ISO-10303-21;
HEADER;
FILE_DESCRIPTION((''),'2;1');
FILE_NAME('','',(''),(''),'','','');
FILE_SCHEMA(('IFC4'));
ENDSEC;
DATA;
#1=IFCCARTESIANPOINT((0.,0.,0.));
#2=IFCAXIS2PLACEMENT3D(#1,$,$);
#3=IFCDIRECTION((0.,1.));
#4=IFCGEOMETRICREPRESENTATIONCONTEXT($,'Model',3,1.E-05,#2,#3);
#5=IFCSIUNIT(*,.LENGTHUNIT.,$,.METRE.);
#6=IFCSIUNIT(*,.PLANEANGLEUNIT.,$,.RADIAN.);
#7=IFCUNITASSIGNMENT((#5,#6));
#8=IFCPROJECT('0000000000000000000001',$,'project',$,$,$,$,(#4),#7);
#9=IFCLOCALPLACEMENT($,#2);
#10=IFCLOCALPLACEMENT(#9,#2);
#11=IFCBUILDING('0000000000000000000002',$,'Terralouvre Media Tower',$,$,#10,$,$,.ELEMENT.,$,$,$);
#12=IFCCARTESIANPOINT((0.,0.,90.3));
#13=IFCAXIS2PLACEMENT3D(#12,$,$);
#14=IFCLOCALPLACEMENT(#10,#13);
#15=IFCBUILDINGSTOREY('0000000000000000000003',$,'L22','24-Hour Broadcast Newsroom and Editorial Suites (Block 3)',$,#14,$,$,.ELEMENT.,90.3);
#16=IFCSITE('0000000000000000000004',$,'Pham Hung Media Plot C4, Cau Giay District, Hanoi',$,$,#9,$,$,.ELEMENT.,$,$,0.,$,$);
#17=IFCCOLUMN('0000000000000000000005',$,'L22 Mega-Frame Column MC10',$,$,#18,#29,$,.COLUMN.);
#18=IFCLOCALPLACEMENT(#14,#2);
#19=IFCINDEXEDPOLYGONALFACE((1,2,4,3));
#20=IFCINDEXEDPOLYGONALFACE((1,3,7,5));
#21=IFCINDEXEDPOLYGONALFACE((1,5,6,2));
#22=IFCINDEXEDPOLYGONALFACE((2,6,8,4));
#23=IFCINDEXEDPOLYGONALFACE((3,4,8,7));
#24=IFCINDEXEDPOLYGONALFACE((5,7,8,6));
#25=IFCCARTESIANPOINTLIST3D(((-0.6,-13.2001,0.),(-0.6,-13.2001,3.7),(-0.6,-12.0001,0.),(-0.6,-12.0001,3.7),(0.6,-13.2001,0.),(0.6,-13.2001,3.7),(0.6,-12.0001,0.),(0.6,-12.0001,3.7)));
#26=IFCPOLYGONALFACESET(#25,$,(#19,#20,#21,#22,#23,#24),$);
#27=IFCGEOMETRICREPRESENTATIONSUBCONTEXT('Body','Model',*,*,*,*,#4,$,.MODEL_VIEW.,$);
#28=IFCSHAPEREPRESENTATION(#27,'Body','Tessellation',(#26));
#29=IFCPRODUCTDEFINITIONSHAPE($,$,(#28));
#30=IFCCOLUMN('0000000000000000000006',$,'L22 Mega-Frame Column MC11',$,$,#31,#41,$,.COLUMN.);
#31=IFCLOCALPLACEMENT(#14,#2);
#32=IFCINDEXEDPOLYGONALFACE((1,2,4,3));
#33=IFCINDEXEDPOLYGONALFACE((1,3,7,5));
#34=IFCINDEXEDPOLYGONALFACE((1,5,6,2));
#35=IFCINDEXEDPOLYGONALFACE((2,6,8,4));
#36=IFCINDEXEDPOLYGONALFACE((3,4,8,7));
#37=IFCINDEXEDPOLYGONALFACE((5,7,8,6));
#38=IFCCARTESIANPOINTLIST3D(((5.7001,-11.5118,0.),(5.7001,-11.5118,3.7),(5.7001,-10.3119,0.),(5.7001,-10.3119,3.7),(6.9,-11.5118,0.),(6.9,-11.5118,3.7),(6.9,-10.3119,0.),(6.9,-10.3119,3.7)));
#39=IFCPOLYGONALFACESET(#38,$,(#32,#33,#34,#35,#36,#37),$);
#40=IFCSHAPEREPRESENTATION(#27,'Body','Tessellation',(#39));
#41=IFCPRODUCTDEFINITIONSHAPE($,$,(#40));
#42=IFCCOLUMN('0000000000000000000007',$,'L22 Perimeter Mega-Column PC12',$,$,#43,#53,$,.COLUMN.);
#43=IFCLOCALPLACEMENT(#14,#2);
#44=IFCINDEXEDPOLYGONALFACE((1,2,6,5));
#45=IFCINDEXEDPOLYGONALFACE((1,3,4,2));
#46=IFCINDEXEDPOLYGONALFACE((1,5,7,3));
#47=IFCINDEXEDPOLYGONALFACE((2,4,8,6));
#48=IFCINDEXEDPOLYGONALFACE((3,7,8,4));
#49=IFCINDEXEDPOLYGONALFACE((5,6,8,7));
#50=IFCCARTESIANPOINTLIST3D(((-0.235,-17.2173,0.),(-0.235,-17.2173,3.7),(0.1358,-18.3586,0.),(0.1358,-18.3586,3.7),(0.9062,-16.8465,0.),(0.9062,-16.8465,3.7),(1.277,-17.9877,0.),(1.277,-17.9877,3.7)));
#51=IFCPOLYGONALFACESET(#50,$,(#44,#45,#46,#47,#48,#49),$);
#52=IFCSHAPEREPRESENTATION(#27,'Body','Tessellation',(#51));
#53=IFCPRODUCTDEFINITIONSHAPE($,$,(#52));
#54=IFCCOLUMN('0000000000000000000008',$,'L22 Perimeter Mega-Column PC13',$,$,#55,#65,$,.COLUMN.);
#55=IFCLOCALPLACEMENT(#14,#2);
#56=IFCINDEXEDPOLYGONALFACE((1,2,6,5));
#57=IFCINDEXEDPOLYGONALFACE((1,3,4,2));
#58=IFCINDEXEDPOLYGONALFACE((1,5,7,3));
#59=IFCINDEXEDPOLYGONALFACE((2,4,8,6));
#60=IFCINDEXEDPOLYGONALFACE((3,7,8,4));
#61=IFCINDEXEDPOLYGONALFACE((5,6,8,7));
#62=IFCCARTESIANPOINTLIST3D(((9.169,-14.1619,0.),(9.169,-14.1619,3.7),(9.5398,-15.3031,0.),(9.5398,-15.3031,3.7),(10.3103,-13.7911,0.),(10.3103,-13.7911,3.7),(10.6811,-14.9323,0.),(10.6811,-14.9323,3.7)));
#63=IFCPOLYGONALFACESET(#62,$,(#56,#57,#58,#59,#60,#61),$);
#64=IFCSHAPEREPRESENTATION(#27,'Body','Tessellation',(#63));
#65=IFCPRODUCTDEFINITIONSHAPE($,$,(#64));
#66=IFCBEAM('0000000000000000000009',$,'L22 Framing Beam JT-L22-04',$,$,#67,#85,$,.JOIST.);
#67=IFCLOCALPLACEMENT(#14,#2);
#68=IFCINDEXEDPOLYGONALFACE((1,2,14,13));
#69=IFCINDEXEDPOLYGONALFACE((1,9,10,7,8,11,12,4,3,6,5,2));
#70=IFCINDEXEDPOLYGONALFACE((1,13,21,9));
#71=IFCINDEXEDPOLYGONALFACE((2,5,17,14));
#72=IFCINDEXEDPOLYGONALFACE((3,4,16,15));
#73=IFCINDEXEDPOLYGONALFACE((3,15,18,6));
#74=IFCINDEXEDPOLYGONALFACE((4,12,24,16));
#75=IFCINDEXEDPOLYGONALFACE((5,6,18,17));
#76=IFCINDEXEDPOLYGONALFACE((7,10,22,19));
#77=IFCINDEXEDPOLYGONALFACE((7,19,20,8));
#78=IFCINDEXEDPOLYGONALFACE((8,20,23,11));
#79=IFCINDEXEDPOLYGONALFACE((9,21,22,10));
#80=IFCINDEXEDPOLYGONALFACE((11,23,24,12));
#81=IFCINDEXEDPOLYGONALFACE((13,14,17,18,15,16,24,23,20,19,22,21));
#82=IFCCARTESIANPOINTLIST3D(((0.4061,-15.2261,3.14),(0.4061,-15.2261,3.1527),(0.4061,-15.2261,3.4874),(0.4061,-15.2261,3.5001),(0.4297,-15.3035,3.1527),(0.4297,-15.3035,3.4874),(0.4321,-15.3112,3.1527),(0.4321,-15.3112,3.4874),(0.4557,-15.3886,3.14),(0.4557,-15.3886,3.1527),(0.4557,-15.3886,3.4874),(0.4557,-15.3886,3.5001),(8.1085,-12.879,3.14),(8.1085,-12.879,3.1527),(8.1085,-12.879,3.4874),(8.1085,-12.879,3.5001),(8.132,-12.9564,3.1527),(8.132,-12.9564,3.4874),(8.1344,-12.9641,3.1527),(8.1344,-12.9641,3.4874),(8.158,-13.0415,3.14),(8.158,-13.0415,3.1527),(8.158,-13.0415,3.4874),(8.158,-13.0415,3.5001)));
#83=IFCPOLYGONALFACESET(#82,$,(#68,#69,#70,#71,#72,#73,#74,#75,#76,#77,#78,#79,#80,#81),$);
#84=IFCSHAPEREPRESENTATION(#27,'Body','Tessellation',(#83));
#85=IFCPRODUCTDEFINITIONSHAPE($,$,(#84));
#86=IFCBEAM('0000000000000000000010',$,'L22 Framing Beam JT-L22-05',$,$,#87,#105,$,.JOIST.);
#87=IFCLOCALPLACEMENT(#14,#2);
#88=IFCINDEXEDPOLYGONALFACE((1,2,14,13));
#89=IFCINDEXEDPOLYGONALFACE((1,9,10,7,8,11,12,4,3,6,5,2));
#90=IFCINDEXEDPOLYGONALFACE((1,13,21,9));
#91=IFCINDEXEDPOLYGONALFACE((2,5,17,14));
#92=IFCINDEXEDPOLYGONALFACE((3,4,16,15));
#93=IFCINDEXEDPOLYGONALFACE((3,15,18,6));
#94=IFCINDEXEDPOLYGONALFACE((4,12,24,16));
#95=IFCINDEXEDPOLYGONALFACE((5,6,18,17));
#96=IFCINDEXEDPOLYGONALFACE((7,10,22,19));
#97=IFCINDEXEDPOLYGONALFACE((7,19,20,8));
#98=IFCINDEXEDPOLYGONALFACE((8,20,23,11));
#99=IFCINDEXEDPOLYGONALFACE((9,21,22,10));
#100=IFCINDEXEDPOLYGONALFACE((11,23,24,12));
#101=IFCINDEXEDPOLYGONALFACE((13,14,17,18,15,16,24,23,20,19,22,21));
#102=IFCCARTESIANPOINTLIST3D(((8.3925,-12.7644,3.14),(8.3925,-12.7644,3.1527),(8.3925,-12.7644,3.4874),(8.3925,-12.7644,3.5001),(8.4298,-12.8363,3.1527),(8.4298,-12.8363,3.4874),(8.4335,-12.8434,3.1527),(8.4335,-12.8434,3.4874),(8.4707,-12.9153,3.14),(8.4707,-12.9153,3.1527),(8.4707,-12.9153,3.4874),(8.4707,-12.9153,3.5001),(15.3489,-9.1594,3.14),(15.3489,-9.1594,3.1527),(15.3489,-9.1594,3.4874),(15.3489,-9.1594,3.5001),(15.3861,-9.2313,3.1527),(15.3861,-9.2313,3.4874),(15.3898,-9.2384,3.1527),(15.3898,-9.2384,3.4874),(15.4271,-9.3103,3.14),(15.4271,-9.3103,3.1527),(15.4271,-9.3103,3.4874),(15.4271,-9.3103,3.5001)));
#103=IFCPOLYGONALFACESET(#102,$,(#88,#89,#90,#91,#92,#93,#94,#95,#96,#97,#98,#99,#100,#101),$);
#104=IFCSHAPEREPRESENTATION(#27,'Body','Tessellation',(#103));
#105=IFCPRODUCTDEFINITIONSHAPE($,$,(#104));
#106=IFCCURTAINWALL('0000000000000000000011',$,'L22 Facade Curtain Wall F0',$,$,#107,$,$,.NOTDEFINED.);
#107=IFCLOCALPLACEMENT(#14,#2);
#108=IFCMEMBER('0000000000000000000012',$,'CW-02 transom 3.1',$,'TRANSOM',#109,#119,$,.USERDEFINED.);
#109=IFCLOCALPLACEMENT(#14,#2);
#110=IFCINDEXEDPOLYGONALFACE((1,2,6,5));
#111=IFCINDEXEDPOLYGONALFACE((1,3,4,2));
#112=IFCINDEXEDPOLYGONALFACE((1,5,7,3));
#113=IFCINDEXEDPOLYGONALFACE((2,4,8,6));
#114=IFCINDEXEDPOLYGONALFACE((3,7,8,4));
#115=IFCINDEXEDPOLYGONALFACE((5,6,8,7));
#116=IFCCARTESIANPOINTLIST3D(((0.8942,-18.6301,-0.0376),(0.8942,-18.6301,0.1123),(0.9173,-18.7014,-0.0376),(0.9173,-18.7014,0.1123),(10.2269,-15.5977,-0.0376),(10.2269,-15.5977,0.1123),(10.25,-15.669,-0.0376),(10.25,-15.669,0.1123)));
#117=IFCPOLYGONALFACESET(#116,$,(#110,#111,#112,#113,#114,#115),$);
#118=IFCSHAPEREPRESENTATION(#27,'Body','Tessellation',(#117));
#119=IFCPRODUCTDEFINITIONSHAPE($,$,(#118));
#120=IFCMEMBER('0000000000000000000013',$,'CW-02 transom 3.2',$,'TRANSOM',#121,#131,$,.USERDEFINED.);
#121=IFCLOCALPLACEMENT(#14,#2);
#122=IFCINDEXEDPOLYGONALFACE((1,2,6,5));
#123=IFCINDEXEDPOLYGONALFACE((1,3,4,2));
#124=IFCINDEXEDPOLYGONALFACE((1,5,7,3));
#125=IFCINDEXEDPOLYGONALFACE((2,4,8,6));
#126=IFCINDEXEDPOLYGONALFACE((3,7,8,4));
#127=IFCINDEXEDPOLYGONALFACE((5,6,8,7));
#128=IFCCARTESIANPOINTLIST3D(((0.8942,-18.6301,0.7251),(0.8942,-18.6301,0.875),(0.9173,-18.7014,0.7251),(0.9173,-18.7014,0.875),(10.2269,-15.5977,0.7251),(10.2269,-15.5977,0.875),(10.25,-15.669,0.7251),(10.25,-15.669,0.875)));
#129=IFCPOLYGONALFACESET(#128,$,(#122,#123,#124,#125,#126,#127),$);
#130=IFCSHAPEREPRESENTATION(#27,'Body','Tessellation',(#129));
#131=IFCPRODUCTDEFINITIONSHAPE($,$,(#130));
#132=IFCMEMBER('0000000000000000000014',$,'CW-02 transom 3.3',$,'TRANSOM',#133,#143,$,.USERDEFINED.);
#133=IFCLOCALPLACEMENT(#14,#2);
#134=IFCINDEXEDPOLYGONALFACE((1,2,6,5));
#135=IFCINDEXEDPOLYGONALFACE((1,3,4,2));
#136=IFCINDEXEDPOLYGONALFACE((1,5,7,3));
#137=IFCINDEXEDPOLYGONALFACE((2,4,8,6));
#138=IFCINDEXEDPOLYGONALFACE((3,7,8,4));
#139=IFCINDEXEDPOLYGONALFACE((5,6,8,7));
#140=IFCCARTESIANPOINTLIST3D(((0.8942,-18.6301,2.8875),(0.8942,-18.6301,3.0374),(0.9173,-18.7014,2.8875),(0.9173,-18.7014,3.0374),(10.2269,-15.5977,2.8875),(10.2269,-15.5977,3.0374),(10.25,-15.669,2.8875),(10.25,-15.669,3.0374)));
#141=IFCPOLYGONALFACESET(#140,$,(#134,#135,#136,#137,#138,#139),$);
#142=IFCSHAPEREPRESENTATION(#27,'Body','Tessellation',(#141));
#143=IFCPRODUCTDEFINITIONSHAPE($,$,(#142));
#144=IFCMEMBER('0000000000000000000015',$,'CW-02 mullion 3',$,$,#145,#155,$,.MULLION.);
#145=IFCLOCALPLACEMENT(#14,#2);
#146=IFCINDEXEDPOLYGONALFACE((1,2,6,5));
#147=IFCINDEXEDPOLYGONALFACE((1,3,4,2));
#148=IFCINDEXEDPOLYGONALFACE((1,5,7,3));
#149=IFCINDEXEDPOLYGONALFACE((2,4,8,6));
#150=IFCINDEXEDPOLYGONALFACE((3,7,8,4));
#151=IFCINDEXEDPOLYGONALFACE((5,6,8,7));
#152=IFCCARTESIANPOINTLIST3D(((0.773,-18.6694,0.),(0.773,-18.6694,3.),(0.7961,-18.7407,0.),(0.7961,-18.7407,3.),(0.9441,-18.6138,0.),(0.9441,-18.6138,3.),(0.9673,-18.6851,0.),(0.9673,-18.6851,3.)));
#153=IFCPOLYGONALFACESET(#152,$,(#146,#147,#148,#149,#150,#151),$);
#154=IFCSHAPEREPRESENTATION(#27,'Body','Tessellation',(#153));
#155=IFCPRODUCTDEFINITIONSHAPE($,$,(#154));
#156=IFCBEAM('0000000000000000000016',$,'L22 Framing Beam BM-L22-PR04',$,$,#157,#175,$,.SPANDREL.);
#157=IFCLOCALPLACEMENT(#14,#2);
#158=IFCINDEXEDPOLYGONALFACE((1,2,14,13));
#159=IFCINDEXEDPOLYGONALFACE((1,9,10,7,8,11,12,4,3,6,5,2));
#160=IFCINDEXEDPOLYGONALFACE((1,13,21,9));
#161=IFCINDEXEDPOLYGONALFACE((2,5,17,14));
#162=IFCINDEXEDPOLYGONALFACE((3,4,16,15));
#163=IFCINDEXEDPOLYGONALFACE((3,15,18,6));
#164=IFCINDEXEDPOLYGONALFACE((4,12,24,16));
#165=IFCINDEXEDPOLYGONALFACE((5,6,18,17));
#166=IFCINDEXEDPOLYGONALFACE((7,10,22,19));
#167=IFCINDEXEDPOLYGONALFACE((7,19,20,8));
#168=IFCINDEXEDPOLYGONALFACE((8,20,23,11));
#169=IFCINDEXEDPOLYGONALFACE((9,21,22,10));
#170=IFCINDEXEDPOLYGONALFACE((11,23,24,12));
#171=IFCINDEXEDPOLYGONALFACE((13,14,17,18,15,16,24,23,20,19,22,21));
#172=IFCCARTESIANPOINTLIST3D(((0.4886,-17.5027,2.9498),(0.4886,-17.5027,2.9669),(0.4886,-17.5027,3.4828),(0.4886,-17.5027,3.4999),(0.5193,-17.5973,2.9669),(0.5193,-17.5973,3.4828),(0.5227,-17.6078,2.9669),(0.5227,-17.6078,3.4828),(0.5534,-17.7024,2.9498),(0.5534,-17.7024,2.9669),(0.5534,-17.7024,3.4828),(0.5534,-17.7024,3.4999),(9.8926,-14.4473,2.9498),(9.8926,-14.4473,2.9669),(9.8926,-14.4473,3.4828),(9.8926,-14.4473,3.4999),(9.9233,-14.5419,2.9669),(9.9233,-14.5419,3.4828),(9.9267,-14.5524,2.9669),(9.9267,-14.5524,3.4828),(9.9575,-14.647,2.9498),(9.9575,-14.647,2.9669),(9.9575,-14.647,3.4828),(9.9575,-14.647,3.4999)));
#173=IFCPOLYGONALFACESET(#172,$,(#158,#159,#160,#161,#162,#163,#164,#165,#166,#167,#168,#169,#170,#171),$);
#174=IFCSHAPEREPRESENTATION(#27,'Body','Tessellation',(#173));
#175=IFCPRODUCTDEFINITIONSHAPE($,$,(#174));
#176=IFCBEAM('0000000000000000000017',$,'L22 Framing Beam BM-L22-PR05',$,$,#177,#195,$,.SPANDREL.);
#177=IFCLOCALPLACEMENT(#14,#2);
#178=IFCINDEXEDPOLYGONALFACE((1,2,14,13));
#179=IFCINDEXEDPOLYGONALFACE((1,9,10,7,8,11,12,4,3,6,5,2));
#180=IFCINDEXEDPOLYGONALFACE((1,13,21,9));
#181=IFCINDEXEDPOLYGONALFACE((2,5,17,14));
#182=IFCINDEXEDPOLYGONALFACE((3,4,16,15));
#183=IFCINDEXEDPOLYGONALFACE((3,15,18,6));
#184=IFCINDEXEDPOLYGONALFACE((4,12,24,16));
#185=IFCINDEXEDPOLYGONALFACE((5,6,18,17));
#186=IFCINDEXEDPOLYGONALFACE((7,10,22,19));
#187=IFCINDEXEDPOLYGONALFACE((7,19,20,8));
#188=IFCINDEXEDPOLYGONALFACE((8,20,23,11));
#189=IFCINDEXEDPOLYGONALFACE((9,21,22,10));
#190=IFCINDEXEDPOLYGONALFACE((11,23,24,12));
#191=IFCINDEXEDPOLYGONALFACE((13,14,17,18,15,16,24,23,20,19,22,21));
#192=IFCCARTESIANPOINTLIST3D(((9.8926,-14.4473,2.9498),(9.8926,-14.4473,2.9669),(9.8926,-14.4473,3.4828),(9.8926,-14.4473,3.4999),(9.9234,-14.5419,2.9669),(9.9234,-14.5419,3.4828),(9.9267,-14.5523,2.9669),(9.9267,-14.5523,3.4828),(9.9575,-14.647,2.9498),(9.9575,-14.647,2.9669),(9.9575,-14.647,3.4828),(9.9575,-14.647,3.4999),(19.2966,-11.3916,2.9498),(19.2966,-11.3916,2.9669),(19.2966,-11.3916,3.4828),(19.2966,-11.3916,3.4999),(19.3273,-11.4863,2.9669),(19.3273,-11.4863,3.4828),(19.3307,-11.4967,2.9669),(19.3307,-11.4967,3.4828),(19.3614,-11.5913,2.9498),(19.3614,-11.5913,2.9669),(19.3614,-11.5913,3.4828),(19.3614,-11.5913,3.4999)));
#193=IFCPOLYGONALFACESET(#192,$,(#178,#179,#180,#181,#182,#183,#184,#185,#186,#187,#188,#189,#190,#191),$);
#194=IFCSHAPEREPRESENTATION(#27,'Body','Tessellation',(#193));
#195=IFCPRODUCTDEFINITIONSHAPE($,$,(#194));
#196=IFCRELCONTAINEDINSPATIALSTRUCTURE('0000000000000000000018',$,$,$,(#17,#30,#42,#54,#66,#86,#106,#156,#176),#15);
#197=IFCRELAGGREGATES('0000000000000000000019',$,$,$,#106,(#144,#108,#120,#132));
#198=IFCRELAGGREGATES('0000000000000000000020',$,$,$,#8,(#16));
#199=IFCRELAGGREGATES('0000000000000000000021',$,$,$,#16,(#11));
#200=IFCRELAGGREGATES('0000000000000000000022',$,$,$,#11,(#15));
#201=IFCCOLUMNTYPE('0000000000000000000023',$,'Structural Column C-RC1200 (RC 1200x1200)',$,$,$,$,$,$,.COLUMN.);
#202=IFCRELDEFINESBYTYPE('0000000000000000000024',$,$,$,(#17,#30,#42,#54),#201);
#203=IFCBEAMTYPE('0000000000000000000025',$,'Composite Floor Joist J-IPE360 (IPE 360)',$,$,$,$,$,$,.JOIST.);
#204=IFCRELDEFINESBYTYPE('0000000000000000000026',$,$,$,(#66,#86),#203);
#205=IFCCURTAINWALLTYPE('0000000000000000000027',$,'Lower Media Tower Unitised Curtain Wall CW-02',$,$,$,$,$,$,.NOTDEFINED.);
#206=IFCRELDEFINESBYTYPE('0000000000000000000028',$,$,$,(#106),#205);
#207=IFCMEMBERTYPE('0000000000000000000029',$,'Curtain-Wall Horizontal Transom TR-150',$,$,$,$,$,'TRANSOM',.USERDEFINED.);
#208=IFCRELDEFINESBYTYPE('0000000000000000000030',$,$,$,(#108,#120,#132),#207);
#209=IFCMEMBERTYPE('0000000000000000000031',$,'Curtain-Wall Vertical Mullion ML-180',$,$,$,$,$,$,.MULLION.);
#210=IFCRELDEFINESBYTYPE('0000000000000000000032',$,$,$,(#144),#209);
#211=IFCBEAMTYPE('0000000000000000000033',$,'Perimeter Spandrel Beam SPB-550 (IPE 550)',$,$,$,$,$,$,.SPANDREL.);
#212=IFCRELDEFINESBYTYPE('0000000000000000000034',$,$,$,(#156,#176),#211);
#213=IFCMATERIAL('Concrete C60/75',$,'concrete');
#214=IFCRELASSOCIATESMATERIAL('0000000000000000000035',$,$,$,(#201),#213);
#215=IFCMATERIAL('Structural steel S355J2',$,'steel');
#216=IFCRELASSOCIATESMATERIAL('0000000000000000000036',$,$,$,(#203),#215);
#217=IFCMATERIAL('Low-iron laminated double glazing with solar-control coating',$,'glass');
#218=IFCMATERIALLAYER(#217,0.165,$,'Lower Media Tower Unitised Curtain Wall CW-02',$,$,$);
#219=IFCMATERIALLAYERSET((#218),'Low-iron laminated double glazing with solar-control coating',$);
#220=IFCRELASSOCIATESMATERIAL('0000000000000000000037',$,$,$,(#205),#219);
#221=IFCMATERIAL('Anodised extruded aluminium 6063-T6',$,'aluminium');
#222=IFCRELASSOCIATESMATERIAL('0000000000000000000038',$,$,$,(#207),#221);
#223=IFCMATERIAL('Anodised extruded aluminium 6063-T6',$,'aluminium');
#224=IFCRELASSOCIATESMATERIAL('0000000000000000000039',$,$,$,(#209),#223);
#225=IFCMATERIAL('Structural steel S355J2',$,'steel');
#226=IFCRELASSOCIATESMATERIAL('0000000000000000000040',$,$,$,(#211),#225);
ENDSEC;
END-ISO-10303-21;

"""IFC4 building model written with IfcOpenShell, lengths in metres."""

from ifc_helpers import new_model, si_unit, direction, frame, origin, origin_2d, place, context, subcontext, project, spatial, rectangle, i_section, extrude, material, layer, layer_set, material_profile, profile_set, type_object, element, aggregate, save


model = new_model("IFC4")

# Units and contexts
model_context = context("Model", 3, precision=1e-05, world=origin(), true_north=direction((0.0, 1.0)))
body_context = subcontext(model_context, "Body", "Model", "MODEL_VIEW")
ifc_project = project(units=[si_unit("LENGTHUNIT", "METRE"), si_unit("PLANEANGLEUNIT", "RADIAN")], contexts=[model_context])

# Site, building, storey
site_placement = place(None, origin())
site = spatial("IfcSite", under=ifc_project, at=site_placement, Name="Pham Hung Media Plot C4, Cau Giay District, Hanoi", CompositionType="ELEMENT", RefElevation=0.0)
building_placement = place(site_placement, origin())
building = spatial("IfcBuilding", under=site, at=building_placement, Name="Terralouvre Media Tower", CompositionType="ELEMENT")
storey_placement = place(building_placement, frame((0.0, 0.0, 90.3)))
storey = spatial("IfcBuildingStorey", under=building, at=storey_placement, Name="L22", Description="24-Hour Broadcast Newsroom and Editorial Suites (Block 3)", CompositionType="ELEMENT", Elevation=90.3)

# Columns
ifc_material_1 = material(Name="Concrete C60/75", Category="concrete")
ifc_material_profile_1 = material_profile(ifc_material_1, rectangle(XDim=1.2, YDim=1.2, at=origin_2d()), Name="RC 1200x1200")
ifc_profile_set_1 = profile_set([ifc_material_profile_1], Name="Concrete C60/75")
column_type = type_object("IfcColumnType", Name="Structural Column C-RC1200 (RC 1200x1200)", PredefinedType="COLUMN", material=ifc_profile_set_1)
for number, where, z_axis, x_axis, name in (
    (1, (0.0, -12.6001, 0.0), (0.0, 0.0, 1.0), (1.0, 0.0, 0.0), "L22 Mega-Frame Column MC10"),
    (2, (6.3, -10.9119, 0.0), (0.0, 0.0, 1.0), (1.0, 0.0, 0.0), "L22 Mega-Frame Column MC11"),
    (3, (0.521, -17.6025, 0.0), (0.0, 0.0, 1.0), (0.951057, 0.309017, 0.0), "L22 Perimeter Mega-Column PC12"),
    (4, (9.925, -14.5471, 0.0), (0.0, 0.0, 1.0), (0.951057, 0.309017, 0.0), "L22 Perimeter Mega-Column PC13"),
):
    element("IfcColumn", number, at=place(storey_placement, frame(where, z_axis=z_axis, x_axis=x_axis)), inside=storey, type_object=column_type, Name=name, PredefinedType="COLUMN", context=body_context, shape_type="SweptSolid", body=[
        extrude(rectangle(XDim=1.2, YDim=1.2, at=origin_2d()), origin(), (0.0, 0.0, 1.0), 3.7),
    ])

# Beams
ifc_material_2 = material(Name="Structural steel S355J2", Category="steel")
ifc_material_profile_2 = material_profile(ifc_material_2, i_section(OverallWidth=0.1699, OverallDepth=0.3601, WebThickness=0.0081, FlangeThickness=0.0127, at=origin_2d()), Name="IPE 360")
ifc_profile_set_2 = profile_set([ifc_material_profile_2], Name="Structural steel S355J2")
beam_type_1 = type_object("IfcBeamType", Name="Composite Floor Joist J-IPE360 (IPE 360)", PredefinedType="JOIST", material=ifc_profile_set_2)
beam_1_placement = place(storey_placement, frame((0.4309, -15.3074, 3.3201), z_axis=(0.956571, 0.291498, 0.0), x_axis=(-0.291498, 0.956571, 0.0)))
element("IfcBeam", 5, at=beam_1_placement, inside=storey, type_object=beam_type_1, Name="L22 Framing Beam JT-L22-04", PredefinedType="JOIST", context=body_context, shape_type="SweptSolid", body=[
    extrude(i_section(OverallWidth=0.1699, OverallDepth=0.3601, WebThickness=0.0081, FlangeThickness=0.0127, at=origin_2d()), origin(), (0.0, 0.0, 1.0), 8.052),
])
beam_2_placement = place(storey_placement, frame((8.4316, -12.8398, 3.3201), z_axis=(0.887858, 0.460117, 0.0), x_axis=(-0.460117, 0.887858, 0.0)))
element("IfcBeam", 6, at=beam_2_placement, inside=storey, type_object=beam_type_1, Name="L22 Framing Beam JT-L22-05", PredefinedType="JOIST", context=body_context, shape_type="SweptSolid", body=[
    extrude(i_section(OverallWidth=0.1699, OverallDepth=0.3601, WebThickness=0.0081, FlangeThickness=0.0127, at=origin_2d()), origin(), (0.0, 0.0, 1.0), 7.835),
])

# Curtain wall, members
ifc_material_3 = material(Name="Low-iron laminated double glazing with solar-control coating", Category="glass")
ifc_layer_1 = layer(ifc_material_3, 0.165, Name="Lower Media Tower Unitised Curtain Wall CW-02")
ifc_layer_set_1 = layer_set([ifc_layer_1], Name="Low-iron laminated double glazing with solar-control coating")
curtain_wall_type = type_object("IfcCurtainWallType", Name="Lower Media Tower Unitised Curtain Wall CW-02", PredefinedType="NOTDEFINED", material=ifc_layer_set_1)
curtain_wall_placement = place(storey_placement, origin())
curtain_wall = element("IfcCurtainWall", 7, at=curtain_wall_placement, inside=storey, type_object=curtain_wall_type, Name="L22 Facade Curtain Wall F0", PredefinedType="NOTDEFINED")
ifc_material_4 = material(Name="Anodised extruded aluminium 6063-T6", Category="aluminium")
ifc_material_profile_3 = material_profile(ifc_material_4, rectangle(XDim=0.075, YDim=0.1499, at=origin_2d()), Name="ALU 75x150")
ifc_profile_set_3 = profile_set([ifc_material_profile_3], Name="Anodised extruded aluminium 6063-T6")
member_type_1 = type_object("IfcMemberType", Name="Curtain-Wall Horizontal Transom TR-150", ElementType="TRANSOM", PredefinedType="USERDEFINED", material=ifc_profile_set_3)
member_1_placement = place(storey_placement, frame((0.9058, -18.6658, 0.0374), z_axis=(0.951054, 0.309024, 0.0), x_axis=(-0.309024, 0.951054, 0.0)))
member_1 = element("IfcMember", 8, at=member_1_placement, type_object=member_type_1, Name="CW-02 transom 3.1", ObjectType="TRANSOM", PredefinedType="USERDEFINED", context=body_context, shape_type="SweptSolid", body=[
    extrude(rectangle(XDim=0.075, YDim=0.1499, at=origin_2d()), origin(), (0.0, 0.0, 1.0), 9.813),
])
member_2_placement = place(storey_placement, frame((0.9058, -18.6658, 0.8), z_axis=(0.951054, 0.309024, 0.0), x_axis=(-0.309024, 0.951054, 0.0)))
member_2 = element("IfcMember", 9, at=member_2_placement, type_object=member_type_1, Name="CW-02 transom 3.2", ObjectType="TRANSOM", PredefinedType="USERDEFINED", context=body_context, shape_type="SweptSolid", body=[
    extrude(rectangle(XDim=0.075, YDim=0.1499, at=origin_2d()), origin(), (0.0, 0.0, 1.0), 9.813),
])
member_3_placement = place(storey_placement, frame((0.9058, -18.6658, 2.9624), z_axis=(0.951054, 0.309024, 0.0), x_axis=(-0.309024, 0.951054, 0.0)))
member_3 = element("IfcMember", 10, at=member_3_placement, type_object=member_type_1, Name="CW-02 transom 3.3", ObjectType="TRANSOM", PredefinedType="USERDEFINED", context=body_context, shape_type="SweptSolid", body=[
    extrude(rectangle(XDim=0.075, YDim=0.1499, at=origin_2d()), origin(), (0.0, 0.0, 1.0), 9.813),
])
ifc_material_5 = material(Name="Anodised extruded aluminium 6063-T6", Category="aluminium")
ifc_material_profile_4 = material_profile(ifc_material_5, rectangle(XDim=0.075, YDim=0.1799, at=origin_2d()), Name="ALU 75x180")
ifc_profile_set_4 = profile_set([ifc_material_profile_4], Name="Anodised extruded aluminium 6063-T6")
member_type_2 = type_object("IfcMemberType", Name="Curtain-Wall Vertical Mullion ML-180", PredefinedType="MULLION", material=ifc_profile_set_4)
member_4_placement = place(storey_placement, frame((0.8701, -18.6772, 0.0), z_axis=(0.0, 0.0, 1.0), x_axis=(-0.309017, 0.951057, 0.0)))
member_4 = element("IfcMember", 11, at=member_4_placement, type_object=member_type_2, Name="CW-02 mullion 3", PredefinedType="MULLION", context=body_context, shape_type="SweptSolid", body=[
    extrude(rectangle(XDim=0.075, YDim=0.1799, at=origin_2d()), origin(), (0.0, 0.0, 1.0), 3.0),
])

# Beams
ifc_material_6 = material(Name="Structural steel S355J2", Category="steel")
ifc_material_profile_5 = material_profile(ifc_material_6, i_section(OverallWidth=0.21, OverallDepth=0.55, WebThickness=0.011, FlangeThickness=0.0171, at=origin_2d()), Name="IPE 550")
ifc_profile_set_5 = profile_set([ifc_material_profile_5], Name="Structural steel S355J2")
beam_type_2 = type_object("IfcBeamType", Name="Perimeter Spandrel Beam SPB-550 (IPE 550)", PredefinedType="SPANDREL", material=ifc_profile_set_5)
for number, where, z_axis, x_axis, name in (
    (12, (0.521, -17.6025, 3.2249), (0.951061, 0.309004, 0.0), (-0.309004, 0.951061, 0.0), "L22 Framing Beam BM-L22-PR04"),
    (13, (9.925, -14.5471, 3.2249), (0.951053, 0.309026, 0.0), (-0.309026, 0.951053, 0.0), "L22 Framing Beam BM-L22-PR05"),
):
    element("IfcBeam", number, at=place(storey_placement, frame(where, z_axis=z_axis, x_axis=x_axis)), inside=storey, type_object=beam_type_2, Name=name, PredefinedType="SPANDREL", context=body_context, shape_type="SweptSolid", body=[
        extrude(i_section(OverallWidth=0.21, OverallDepth=0.55, WebThickness=0.011, FlangeThickness=0.0171, at=origin_2d()), origin(), (0.0, 0.0, 1.0), 9.8879),
    ])

aggregate(curtain_wall, [member_4, member_1, member_2, member_3])

save(model, "model.ifc")
